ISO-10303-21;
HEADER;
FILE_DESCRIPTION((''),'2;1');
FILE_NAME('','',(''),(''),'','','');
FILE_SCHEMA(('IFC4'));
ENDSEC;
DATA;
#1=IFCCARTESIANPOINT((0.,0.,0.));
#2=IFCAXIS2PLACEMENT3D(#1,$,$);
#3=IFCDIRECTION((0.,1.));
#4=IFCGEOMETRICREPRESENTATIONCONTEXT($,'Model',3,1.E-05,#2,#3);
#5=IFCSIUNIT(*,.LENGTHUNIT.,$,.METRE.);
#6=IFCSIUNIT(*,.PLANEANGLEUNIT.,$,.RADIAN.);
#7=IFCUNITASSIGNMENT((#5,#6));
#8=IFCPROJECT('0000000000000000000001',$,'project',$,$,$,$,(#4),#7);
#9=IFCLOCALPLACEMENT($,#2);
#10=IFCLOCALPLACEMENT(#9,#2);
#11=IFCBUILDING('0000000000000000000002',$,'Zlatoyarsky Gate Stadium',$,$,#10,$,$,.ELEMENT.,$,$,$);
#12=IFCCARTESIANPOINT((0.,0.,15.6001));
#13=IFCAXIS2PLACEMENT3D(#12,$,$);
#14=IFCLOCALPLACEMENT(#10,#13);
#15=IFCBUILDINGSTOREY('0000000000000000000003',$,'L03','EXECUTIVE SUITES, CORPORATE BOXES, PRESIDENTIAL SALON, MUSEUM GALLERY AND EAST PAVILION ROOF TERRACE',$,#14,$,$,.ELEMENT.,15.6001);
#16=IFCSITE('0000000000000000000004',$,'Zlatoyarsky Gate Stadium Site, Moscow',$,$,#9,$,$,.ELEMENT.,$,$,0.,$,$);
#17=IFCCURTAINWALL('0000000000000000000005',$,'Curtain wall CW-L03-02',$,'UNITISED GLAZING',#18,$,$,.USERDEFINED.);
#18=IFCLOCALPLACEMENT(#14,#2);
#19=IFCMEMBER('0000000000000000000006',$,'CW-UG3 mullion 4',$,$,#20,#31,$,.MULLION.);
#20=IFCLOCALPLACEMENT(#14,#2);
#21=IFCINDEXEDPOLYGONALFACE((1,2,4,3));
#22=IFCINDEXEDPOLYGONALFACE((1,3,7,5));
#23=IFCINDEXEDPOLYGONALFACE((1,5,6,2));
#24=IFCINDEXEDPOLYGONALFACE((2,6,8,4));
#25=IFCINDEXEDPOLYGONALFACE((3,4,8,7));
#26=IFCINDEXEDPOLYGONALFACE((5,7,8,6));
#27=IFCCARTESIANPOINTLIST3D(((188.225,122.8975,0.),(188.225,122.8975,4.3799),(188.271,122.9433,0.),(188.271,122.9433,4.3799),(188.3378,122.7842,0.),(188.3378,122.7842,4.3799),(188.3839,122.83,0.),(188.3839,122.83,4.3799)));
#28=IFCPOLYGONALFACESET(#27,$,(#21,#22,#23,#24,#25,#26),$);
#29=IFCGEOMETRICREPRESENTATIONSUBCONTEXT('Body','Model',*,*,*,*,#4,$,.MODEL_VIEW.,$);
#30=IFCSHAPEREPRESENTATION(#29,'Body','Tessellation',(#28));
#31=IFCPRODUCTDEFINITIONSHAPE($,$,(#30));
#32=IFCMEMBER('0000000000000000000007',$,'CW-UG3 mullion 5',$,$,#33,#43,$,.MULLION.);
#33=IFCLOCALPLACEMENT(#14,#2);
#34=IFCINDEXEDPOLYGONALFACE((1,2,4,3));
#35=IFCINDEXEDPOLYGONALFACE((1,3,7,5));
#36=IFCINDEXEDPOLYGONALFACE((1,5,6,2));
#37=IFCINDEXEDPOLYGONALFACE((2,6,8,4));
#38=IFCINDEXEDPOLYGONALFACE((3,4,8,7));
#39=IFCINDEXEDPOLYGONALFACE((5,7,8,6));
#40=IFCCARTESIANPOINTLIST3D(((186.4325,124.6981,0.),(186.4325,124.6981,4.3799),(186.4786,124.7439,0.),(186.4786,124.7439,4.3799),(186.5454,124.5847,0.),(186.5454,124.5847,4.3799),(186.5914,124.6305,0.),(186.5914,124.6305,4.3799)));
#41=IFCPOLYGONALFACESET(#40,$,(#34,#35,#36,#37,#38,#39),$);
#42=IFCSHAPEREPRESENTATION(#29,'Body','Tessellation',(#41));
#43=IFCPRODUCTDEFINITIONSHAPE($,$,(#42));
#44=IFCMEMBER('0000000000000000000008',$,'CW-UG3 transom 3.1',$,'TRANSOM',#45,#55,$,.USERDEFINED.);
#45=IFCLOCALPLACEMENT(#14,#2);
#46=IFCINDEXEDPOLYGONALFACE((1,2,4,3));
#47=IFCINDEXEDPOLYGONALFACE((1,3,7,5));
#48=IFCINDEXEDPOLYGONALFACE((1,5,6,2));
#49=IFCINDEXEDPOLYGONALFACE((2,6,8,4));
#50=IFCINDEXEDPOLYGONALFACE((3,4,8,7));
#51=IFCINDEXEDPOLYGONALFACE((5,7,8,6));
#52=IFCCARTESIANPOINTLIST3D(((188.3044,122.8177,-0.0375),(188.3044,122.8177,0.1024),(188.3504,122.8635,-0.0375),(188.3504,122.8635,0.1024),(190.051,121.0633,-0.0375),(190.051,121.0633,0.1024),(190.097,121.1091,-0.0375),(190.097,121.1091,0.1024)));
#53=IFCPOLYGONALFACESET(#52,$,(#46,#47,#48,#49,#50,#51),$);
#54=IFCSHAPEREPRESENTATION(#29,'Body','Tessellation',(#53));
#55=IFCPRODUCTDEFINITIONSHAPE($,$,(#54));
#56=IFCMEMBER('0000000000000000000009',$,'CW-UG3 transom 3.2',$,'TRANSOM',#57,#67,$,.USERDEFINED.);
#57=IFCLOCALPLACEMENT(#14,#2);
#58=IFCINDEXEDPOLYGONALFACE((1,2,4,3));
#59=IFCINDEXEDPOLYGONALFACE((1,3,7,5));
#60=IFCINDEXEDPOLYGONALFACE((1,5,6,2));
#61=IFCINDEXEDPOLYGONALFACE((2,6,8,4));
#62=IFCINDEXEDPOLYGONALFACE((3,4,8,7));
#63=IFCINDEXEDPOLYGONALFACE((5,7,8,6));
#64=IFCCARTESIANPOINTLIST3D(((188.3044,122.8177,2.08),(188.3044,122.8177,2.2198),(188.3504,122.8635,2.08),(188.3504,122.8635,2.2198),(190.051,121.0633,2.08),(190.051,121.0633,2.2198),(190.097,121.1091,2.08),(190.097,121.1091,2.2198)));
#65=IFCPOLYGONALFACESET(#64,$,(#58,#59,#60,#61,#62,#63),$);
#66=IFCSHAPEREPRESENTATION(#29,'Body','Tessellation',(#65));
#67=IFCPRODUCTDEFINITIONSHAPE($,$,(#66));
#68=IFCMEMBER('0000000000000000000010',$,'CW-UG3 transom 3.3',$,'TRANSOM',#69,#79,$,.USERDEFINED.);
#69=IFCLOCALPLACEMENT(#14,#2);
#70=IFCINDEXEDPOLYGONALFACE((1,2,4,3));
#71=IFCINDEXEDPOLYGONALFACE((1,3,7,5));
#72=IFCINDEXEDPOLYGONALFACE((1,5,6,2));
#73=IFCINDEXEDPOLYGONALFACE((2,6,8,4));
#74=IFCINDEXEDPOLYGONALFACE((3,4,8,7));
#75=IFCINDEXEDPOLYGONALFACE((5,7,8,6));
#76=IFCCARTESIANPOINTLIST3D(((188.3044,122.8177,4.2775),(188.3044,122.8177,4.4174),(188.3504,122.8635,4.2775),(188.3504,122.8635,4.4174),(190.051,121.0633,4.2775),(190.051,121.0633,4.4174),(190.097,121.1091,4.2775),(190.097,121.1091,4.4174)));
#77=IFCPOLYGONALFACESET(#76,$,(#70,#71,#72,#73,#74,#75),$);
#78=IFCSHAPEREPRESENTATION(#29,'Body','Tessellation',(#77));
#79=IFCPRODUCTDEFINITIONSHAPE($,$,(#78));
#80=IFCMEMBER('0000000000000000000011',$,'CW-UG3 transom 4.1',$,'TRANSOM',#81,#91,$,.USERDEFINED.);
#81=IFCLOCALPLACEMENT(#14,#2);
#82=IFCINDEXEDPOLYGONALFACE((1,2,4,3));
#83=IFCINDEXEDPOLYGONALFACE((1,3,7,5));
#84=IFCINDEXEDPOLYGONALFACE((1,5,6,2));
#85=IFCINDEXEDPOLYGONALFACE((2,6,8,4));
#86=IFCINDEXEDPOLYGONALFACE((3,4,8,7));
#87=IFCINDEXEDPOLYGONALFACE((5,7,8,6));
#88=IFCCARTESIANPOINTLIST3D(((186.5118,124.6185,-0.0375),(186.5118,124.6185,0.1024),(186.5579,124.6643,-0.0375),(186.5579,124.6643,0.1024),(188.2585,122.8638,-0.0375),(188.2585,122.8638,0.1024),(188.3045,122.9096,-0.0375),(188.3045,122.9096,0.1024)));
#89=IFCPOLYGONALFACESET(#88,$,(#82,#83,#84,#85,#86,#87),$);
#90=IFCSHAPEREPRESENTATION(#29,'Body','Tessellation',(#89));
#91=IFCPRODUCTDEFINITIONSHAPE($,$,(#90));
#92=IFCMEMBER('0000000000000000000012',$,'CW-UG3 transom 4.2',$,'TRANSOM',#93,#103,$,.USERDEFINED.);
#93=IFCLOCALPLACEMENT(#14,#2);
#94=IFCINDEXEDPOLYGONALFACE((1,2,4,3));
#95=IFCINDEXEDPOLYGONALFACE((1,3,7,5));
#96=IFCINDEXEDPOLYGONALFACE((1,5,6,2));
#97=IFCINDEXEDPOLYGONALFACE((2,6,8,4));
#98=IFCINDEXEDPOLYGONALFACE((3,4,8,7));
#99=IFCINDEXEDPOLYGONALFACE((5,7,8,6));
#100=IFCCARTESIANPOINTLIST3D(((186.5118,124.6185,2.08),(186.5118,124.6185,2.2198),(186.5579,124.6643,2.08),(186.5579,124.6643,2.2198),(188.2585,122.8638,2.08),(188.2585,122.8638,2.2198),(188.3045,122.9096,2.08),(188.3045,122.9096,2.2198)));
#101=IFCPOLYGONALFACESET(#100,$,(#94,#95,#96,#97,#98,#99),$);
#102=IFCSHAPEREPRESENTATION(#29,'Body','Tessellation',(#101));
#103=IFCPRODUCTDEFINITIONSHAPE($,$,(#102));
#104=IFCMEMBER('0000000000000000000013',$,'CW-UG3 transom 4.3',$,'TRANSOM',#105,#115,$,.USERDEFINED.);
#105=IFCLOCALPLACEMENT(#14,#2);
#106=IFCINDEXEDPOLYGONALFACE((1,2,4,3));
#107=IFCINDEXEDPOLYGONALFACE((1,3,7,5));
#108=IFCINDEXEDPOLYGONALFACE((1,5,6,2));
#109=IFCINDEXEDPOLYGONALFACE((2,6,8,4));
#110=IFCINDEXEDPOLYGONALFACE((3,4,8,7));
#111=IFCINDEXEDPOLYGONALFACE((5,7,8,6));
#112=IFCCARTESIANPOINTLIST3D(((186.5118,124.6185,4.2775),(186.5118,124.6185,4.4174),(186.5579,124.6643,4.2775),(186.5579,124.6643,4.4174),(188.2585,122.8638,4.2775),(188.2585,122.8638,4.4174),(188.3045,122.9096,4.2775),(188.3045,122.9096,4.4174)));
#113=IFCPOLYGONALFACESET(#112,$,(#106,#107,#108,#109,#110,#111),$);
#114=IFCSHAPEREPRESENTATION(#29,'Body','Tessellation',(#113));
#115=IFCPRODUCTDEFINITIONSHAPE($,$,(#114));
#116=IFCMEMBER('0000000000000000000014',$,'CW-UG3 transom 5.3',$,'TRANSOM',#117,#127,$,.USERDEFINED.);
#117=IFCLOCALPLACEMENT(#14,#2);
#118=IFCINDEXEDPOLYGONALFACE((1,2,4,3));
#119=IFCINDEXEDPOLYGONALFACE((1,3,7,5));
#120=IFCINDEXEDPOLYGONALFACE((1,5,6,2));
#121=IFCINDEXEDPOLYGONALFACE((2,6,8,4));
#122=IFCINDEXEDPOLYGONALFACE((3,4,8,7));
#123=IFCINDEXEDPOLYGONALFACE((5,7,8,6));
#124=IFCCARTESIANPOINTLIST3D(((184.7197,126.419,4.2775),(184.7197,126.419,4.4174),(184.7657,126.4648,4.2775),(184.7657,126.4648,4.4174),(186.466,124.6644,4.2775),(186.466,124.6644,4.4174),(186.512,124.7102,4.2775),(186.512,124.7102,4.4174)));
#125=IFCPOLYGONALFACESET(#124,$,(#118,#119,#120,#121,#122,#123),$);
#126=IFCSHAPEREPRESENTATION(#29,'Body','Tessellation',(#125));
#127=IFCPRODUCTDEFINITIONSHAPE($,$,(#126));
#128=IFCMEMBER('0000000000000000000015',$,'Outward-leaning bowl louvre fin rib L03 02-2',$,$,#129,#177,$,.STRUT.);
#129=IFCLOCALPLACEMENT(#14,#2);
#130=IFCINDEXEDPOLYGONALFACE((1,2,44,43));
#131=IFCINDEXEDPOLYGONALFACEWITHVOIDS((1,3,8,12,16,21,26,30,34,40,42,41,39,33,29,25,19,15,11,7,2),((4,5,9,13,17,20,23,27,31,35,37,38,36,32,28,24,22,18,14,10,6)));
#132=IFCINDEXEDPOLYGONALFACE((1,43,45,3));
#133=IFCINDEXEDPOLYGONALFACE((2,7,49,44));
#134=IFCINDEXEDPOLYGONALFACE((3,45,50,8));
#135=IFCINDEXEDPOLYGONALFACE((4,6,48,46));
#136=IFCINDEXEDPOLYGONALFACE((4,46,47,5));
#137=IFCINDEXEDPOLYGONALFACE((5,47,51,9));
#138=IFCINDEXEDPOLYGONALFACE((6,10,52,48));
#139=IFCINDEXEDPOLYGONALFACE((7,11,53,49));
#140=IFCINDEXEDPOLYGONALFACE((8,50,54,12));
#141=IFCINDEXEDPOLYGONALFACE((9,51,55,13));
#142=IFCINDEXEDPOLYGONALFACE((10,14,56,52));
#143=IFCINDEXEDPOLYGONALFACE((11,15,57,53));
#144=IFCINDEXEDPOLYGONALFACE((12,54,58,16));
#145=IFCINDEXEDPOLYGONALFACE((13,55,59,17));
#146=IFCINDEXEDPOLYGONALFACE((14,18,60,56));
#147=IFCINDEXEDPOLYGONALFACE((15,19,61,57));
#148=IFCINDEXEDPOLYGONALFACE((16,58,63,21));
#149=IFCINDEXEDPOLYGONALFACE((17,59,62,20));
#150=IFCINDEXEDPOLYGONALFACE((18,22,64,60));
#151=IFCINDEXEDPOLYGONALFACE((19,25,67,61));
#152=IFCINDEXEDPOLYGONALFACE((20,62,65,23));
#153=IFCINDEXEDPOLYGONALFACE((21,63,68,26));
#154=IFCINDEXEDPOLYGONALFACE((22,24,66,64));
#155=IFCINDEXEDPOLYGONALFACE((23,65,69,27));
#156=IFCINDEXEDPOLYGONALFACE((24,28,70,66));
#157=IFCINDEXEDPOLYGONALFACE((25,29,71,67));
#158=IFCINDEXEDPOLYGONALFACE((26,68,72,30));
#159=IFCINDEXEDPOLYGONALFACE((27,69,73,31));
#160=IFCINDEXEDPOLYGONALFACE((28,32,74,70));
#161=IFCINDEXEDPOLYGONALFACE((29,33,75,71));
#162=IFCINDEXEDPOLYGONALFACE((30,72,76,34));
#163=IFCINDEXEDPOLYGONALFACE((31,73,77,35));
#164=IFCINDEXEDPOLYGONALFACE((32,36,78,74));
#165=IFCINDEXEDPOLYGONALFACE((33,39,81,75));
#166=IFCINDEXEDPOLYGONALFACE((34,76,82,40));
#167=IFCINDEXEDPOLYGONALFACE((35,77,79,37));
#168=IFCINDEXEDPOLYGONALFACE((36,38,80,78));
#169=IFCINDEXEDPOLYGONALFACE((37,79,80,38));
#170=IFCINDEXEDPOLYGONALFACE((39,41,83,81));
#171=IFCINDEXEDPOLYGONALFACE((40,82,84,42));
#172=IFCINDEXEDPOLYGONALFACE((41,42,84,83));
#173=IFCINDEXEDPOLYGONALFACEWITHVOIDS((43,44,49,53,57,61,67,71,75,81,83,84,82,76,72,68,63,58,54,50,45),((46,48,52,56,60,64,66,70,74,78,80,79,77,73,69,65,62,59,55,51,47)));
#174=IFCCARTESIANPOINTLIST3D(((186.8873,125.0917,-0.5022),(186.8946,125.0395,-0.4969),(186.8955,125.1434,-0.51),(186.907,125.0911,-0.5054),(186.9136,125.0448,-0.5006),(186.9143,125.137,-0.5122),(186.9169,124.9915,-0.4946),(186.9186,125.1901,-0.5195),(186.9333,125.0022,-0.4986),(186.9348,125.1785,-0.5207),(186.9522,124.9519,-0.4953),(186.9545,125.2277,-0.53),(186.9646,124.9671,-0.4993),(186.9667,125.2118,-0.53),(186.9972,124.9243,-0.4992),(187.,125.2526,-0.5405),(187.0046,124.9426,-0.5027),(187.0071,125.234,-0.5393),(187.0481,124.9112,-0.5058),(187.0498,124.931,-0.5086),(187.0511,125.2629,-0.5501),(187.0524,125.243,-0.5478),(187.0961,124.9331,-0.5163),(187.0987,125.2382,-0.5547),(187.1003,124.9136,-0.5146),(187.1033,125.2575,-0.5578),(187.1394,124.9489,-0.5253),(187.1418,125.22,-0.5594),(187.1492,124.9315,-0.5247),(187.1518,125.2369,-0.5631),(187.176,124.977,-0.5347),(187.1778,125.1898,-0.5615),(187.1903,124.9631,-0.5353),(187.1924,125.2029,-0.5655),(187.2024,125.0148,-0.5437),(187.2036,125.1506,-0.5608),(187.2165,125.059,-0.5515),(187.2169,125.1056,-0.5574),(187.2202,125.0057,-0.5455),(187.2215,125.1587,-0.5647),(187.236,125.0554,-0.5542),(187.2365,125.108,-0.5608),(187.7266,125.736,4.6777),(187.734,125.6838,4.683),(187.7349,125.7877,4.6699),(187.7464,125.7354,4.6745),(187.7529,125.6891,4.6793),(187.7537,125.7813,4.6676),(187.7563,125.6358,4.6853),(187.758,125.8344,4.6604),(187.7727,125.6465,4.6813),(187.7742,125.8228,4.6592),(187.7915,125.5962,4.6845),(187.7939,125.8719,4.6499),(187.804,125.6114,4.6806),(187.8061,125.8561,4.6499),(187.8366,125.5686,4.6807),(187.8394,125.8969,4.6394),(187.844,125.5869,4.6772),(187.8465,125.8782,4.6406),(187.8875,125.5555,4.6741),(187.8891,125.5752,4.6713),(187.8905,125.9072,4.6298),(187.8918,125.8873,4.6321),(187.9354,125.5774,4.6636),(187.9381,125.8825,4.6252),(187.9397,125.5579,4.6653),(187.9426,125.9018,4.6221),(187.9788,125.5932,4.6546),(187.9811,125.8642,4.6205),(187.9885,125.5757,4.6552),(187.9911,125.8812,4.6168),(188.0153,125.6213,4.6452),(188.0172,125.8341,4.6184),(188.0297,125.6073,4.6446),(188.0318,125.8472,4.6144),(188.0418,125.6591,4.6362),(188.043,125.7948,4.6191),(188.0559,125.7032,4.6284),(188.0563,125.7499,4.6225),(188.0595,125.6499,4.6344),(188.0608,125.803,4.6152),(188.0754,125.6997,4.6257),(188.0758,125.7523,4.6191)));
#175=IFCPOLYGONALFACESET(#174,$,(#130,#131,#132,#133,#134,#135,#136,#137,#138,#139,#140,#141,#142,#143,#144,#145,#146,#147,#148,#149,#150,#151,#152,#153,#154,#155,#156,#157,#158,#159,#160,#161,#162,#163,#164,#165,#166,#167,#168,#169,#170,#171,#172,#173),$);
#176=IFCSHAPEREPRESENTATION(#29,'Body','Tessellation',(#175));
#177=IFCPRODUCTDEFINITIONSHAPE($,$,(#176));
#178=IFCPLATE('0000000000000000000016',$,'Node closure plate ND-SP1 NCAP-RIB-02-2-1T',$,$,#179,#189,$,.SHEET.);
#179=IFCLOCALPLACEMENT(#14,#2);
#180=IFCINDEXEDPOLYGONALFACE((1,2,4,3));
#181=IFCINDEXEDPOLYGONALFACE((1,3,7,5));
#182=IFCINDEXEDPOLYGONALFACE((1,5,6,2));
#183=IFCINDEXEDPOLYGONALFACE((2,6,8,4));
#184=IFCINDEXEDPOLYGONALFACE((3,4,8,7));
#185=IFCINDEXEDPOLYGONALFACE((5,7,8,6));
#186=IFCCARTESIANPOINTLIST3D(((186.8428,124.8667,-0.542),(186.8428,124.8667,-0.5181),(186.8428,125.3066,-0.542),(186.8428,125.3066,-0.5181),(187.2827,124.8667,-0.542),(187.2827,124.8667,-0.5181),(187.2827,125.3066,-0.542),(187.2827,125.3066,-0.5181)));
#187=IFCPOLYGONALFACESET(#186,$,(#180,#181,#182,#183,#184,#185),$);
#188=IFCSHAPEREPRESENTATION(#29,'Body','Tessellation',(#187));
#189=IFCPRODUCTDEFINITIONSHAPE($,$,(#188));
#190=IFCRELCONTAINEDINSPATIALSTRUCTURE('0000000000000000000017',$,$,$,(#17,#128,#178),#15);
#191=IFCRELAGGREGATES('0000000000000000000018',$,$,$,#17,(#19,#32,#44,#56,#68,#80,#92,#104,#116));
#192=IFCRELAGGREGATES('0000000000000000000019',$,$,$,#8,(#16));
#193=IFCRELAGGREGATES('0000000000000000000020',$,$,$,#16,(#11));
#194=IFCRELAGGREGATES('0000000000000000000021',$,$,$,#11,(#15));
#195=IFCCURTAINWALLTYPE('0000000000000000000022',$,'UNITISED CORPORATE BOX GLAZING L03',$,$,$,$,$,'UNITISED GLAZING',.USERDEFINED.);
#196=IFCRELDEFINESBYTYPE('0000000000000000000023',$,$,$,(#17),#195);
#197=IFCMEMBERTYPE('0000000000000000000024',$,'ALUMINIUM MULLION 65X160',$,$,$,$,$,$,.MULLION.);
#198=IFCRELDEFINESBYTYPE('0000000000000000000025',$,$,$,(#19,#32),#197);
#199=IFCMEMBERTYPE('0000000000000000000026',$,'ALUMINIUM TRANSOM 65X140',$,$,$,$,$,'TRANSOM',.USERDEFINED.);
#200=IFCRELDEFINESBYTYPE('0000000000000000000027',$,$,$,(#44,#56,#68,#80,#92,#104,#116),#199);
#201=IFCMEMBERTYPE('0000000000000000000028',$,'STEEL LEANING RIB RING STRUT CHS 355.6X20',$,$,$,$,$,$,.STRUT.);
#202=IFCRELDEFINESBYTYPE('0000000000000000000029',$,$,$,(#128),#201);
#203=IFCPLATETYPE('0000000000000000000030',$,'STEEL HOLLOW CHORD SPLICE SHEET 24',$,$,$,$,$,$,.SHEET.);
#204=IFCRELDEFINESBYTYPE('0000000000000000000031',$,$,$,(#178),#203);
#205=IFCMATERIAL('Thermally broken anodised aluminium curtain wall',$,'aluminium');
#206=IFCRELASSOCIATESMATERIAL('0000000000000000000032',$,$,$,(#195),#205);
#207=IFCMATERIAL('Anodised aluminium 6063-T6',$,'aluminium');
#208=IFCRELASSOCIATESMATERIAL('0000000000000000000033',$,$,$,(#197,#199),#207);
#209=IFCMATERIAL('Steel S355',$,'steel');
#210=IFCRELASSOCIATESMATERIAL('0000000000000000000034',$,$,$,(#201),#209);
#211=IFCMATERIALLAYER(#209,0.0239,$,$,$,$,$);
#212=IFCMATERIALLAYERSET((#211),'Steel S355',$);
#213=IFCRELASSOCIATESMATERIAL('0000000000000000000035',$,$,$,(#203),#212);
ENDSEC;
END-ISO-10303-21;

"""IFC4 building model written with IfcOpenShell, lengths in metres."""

from ifc_helpers import new_model, si_unit, direction, frame, origin, origin_2d, place, context, subcontext, project, spatial, rectangle, hollow_circle, extrude, material, layer, layer_set, material_profile, profile_set, type_object, element, aggregate, save


model = new_model("IFC4")

# Units and contexts
model_context = context("Model", 3, precision=1e-05, world=origin(), true_north=direction((0.0, 1.0)))
body_context = subcontext(model_context, "Body", "Model", "MODEL_VIEW")
ifc_project = project(units=[si_unit("LENGTHUNIT", "METRE"), si_unit("PLANEANGLEUNIT", "RADIAN")], contexts=[model_context])

# Site, building, storey
site_placement = place(None, origin())
site = spatial("IfcSite", under=ifc_project, at=site_placement, Name="Zlatoyarsky Gate Stadium Site, Moscow", CompositionType="ELEMENT", RefElevation=0.0)
building_placement = place(site_placement, origin())
building = spatial("IfcBuilding", under=site, at=building_placement, Name="Zlatoyarsky Gate Stadium", CompositionType="ELEMENT")
storey_placement = place(building_placement, frame((0.0, 0.0, 15.6001)))
storey = spatial("IfcBuildingStorey", under=building, at=storey_placement, Name="L03", Description="EXECUTIVE SUITES, CORPORATE BOXES, PRESIDENTIAL SALON, MUSEUM GALLERY AND EAST PAVILION ROOF TERRACE", CompositionType="ELEMENT", Elevation=15.6001)

# Curtain wall, members
ifc_material_1 = material(Name="Thermally broken anodised aluminium curtain wall", Category="aluminium")
curtain_wall_type = type_object("IfcCurtainWallType", Name="UNITISED CORPORATE BOX GLAZING L03", ElementType="UNITISED GLAZING", PredefinedType="USERDEFINED", material=ifc_material_1)
curtain_wall_placement = place(storey_placement, origin())
curtain_wall = element("IfcCurtainWall", 1, at=curtain_wall_placement, inside=storey, type_object=curtain_wall_type, Name="Curtain wall CW-L03-02", ObjectType="UNITISED GLAZING", PredefinedType="USERDEFINED")
ifc_material_2 = material(Name="Anodised aluminium 6063-T6", Category="aluminium")
ifc_material_profile_1 = material_profile(ifc_material_2, rectangle(XDim=0.0649, YDim=0.1599, at=origin_2d()), Name="ALU 65X160")
ifc_profile_set_1 = profile_set([ifc_material_profile_1], Name="Anodised aluminium 6063-T6")
member_type_1 = type_object("IfcMemberType", Name="ALUMINIUM MULLION 65X160", PredefinedType="MULLION", material=ifc_profile_set_1)
member_1_placement = place(storey_placement, frame((188.3044, 122.8638, 0.0), z_axis=(0.0, 0.0, 1.0), x_axis=(-0.708721, -0.705489, 0.0)))
member_1 = element("IfcMember", 2, at=member_1_placement, type_object=member_type_1, Name="CW-UG3 mullion 4", PredefinedType="MULLION", context=body_context, shape_type="SweptSolid", body=[
    extrude(rectangle(XDim=0.0649, YDim=0.1599, at=origin_2d()), origin(), (0.0, 0.0, 1.0), 4.3799),
])
member_2_placement = place(storey_placement, frame((186.512, 124.6643, 0.0), z_axis=(0.0, 0.0, 1.0), x_axis=(-0.708721, -0.705489, 0.0)))
member_2 = element("IfcMember", 3, at=member_2_placement, type_object=member_type_1, Name="CW-UG3 mullion 5", PredefinedType="MULLION", context=body_context, shape_type="SweptSolid", body=[
    extrude(rectangle(XDim=0.0649, YDim=0.1599, at=origin_2d()), origin(), (0.0, 0.0, 1.0), 4.3799),
])
ifc_material_profile_2 = material_profile(ifc_material_2, rectangle(XDim=0.0649, YDim=0.1399, at=origin_2d()), Name="ALU 65X140")
ifc_profile_set_2 = profile_set([ifc_material_profile_2], Name="Anodised aluminium 6063-T6")
member_type_2 = type_object("IfcMemberType", Name="ALUMINIUM TRANSOM 65X140", ElementType="TRANSOM", PredefinedType="USERDEFINED", material=ifc_profile_set_2)
member_3_placement = place(storey_placement, frame((190.074, 121.0862, 0.0325), z_axis=(-0.705527, 0.708683, 0.0), x_axis=(-0.708683, -0.705527, 0.0)))
member_3 = element("IfcMember", 4, at=member_3_placement, type_object=member_type_2, Name="CW-UG3 transom 3.1", ObjectType="TRANSOM", PredefinedType="USERDEFINED", context=body_context, shape_type="SweptSolid", body=[
    extrude(rectangle(XDim=0.0649, YDim=0.1399, at=origin_2d()), origin(), (0.0, 0.0, 1.0), 2.4756),
])
member_4_placement = place(storey_placement, frame((190.074, 121.0862, 2.1499), z_axis=(-0.705527, 0.708683, 0.0), x_axis=(-0.708683, -0.705527, 0.0)))
member_4 = element("IfcMember", 5, at=member_4_placement, type_object=member_type_2, Name="CW-UG3 transom 3.2", ObjectType="TRANSOM", PredefinedType="USERDEFINED", context=body_context, shape_type="SweptSolid", body=[
    extrude(rectangle(XDim=0.0649, YDim=0.1399, at=origin_2d()), origin(), (0.0, 0.0, 1.0), 2.4756),
])
member_5_placement = place(storey_placement, frame((190.074, 121.0862, 4.3474), z_axis=(-0.705527, 0.708683, 0.0), x_axis=(-0.708683, -0.705527, 0.0)))
member_5 = element("IfcMember", 6, at=member_5_placement, type_object=member_type_2, Name="CW-UG3 transom 3.3", ObjectType="TRANSOM", PredefinedType="USERDEFINED", context=body_context, shape_type="SweptSolid", body=[
    extrude(rectangle(XDim=0.0649, YDim=0.1399, at=origin_2d()), origin(), (0.0, 0.0, 1.0), 2.4756),
])
member_6_placement = place(storey_placement, frame((188.2815, 122.8867, 0.0325), z_axis=(-0.705478, 0.708732, 0.0), x_axis=(-0.708732, -0.705478, 0.0)))
member_6 = element("IfcMember", 7, at=member_6_placement, type_object=member_type_2, Name="CW-UG3 transom 4.1", ObjectType="TRANSOM", PredefinedType="USERDEFINED", context=body_context, shape_type="SweptSolid", body=[
    extrude(rectangle(XDim=0.0649, YDim=0.1399, at=origin_2d()), origin(), (0.0, 0.0, 1.0), 2.4758),
])
member_7_placement = place(storey_placement, frame((188.2815, 122.8867, 2.1499), z_axis=(-0.705478, 0.708732, 0.0), x_axis=(-0.708732, -0.705478, 0.0)))
member_7 = element("IfcMember", 8, at=member_7_placement, type_object=member_type_2, Name="CW-UG3 transom 4.2", ObjectType="TRANSOM", PredefinedType="USERDEFINED", context=body_context, shape_type="SweptSolid", body=[
    extrude(rectangle(XDim=0.0649, YDim=0.1399, at=origin_2d()), origin(), (0.0, 0.0, 1.0), 2.4758),
])
member_8_placement = place(storey_placement, frame((188.2815, 122.8867, 4.3474), z_axis=(-0.705478, 0.708732, 0.0), x_axis=(-0.708732, -0.705478, 0.0)))
member_8 = element("IfcMember", 9, at=member_8_placement, type_object=member_type_2, Name="CW-UG3 transom 4.3", ObjectType="TRANSOM", PredefinedType="USERDEFINED", context=body_context, shape_type="SweptSolid", body=[
    extrude(rectangle(XDim=0.0649, YDim=0.1399, at=origin_2d()), origin(), (0.0, 0.0, 1.0), 2.4758),
])
member_9_placement = place(storey_placement, frame((186.489, 124.6873, 4.3474), z_axis=(-0.705428, 0.708781, 0.0), x_axis=(-0.708781, -0.705428, 0.0)))
member_9 = element("IfcMember", 10, at=member_9_placement, type_object=member_type_2, Name="CW-UG3 transom 5.3", ObjectType="TRANSOM", PredefinedType="USERDEFINED", context=body_context, shape_type="SweptSolid", body=[
    extrude(rectangle(XDim=0.0649, YDim=0.1399, at=origin_2d()), origin(), (0.0, 0.0, 1.0), 2.4756),
])

# Member
ifc_material_3 = material(Name="Steel S355", Category="steel")
ifc_material_profile_3 = material_profile(ifc_material_3, hollow_circle(Radius=0.1777, WallThickness=0.02, at=origin_2d()), Name="CHS 355.6X20")
ifc_profile_set_3 = profile_set([ifc_material_profile_3], Name="Steel S355")
member_type_3 = type_object("IfcMemberType", Name="STEEL LEANING RIB RING STRUT CHS 355.6X20", PredefinedType="STRUT", material=ifc_profile_set_3)
member_10_placement = place(storey_placement, frame((187.0627, 125.0867, -0.53), z_axis=(0.158761, 0.121865, 0.979767), x_axis=(-0.608896, 0.79325, 0.0)))
element("IfcMember", 11, at=member_10_placement, inside=storey, type_object=member_type_3, Name="Outward-leaning bowl louvre fin rib L03 02-2", PredefinedType="STRUT", context=body_context, shape_type="SweptSolid", body=[
    extrude(hollow_circle(Radius=0.1777, WallThickness=0.02, at=origin_2d()), origin(), (0.0, 0.0, 1.0), 5.2869),
])

# Plate
ifc_layer_1 = layer(ifc_material_3, 0.0239)
ifc_layer_set_1 = layer_set([ifc_layer_1], Name="Steel S355")
plate_type_1 = type_object("IfcPlateType", Name="STEEL HOLLOW CHORD SPLICE SHEET 24", PredefinedType="SHEET", material=ifc_layer_set_1)
plate_1_placement = place(storey_placement, frame((187.0627, 125.0867, -0.542), z_axis=(0.0, 0.0, 1.0), x_axis=(1.0, 0.0, 0.0)))
element("IfcPlate", 12, at=plate_1_placement, inside=storey, type_object=plate_type_1, Name="Node closure plate ND-SP1 NCAP-RIB-02-2-1T", PredefinedType="SHEET", context=body_context, shape_type="SweptSolid", body=[
    extrude(rectangle(XDim=0.4399, YDim=0.4399, at=origin_2d()), origin(), (0.0, 0.0, 1.0), 0.0239),
])
aggregate(curtain_wall, [member_1, member_2, member_3, member_4, member_5, member_6, member_7, member_8, member_9])

save(model, "model.ifc")
